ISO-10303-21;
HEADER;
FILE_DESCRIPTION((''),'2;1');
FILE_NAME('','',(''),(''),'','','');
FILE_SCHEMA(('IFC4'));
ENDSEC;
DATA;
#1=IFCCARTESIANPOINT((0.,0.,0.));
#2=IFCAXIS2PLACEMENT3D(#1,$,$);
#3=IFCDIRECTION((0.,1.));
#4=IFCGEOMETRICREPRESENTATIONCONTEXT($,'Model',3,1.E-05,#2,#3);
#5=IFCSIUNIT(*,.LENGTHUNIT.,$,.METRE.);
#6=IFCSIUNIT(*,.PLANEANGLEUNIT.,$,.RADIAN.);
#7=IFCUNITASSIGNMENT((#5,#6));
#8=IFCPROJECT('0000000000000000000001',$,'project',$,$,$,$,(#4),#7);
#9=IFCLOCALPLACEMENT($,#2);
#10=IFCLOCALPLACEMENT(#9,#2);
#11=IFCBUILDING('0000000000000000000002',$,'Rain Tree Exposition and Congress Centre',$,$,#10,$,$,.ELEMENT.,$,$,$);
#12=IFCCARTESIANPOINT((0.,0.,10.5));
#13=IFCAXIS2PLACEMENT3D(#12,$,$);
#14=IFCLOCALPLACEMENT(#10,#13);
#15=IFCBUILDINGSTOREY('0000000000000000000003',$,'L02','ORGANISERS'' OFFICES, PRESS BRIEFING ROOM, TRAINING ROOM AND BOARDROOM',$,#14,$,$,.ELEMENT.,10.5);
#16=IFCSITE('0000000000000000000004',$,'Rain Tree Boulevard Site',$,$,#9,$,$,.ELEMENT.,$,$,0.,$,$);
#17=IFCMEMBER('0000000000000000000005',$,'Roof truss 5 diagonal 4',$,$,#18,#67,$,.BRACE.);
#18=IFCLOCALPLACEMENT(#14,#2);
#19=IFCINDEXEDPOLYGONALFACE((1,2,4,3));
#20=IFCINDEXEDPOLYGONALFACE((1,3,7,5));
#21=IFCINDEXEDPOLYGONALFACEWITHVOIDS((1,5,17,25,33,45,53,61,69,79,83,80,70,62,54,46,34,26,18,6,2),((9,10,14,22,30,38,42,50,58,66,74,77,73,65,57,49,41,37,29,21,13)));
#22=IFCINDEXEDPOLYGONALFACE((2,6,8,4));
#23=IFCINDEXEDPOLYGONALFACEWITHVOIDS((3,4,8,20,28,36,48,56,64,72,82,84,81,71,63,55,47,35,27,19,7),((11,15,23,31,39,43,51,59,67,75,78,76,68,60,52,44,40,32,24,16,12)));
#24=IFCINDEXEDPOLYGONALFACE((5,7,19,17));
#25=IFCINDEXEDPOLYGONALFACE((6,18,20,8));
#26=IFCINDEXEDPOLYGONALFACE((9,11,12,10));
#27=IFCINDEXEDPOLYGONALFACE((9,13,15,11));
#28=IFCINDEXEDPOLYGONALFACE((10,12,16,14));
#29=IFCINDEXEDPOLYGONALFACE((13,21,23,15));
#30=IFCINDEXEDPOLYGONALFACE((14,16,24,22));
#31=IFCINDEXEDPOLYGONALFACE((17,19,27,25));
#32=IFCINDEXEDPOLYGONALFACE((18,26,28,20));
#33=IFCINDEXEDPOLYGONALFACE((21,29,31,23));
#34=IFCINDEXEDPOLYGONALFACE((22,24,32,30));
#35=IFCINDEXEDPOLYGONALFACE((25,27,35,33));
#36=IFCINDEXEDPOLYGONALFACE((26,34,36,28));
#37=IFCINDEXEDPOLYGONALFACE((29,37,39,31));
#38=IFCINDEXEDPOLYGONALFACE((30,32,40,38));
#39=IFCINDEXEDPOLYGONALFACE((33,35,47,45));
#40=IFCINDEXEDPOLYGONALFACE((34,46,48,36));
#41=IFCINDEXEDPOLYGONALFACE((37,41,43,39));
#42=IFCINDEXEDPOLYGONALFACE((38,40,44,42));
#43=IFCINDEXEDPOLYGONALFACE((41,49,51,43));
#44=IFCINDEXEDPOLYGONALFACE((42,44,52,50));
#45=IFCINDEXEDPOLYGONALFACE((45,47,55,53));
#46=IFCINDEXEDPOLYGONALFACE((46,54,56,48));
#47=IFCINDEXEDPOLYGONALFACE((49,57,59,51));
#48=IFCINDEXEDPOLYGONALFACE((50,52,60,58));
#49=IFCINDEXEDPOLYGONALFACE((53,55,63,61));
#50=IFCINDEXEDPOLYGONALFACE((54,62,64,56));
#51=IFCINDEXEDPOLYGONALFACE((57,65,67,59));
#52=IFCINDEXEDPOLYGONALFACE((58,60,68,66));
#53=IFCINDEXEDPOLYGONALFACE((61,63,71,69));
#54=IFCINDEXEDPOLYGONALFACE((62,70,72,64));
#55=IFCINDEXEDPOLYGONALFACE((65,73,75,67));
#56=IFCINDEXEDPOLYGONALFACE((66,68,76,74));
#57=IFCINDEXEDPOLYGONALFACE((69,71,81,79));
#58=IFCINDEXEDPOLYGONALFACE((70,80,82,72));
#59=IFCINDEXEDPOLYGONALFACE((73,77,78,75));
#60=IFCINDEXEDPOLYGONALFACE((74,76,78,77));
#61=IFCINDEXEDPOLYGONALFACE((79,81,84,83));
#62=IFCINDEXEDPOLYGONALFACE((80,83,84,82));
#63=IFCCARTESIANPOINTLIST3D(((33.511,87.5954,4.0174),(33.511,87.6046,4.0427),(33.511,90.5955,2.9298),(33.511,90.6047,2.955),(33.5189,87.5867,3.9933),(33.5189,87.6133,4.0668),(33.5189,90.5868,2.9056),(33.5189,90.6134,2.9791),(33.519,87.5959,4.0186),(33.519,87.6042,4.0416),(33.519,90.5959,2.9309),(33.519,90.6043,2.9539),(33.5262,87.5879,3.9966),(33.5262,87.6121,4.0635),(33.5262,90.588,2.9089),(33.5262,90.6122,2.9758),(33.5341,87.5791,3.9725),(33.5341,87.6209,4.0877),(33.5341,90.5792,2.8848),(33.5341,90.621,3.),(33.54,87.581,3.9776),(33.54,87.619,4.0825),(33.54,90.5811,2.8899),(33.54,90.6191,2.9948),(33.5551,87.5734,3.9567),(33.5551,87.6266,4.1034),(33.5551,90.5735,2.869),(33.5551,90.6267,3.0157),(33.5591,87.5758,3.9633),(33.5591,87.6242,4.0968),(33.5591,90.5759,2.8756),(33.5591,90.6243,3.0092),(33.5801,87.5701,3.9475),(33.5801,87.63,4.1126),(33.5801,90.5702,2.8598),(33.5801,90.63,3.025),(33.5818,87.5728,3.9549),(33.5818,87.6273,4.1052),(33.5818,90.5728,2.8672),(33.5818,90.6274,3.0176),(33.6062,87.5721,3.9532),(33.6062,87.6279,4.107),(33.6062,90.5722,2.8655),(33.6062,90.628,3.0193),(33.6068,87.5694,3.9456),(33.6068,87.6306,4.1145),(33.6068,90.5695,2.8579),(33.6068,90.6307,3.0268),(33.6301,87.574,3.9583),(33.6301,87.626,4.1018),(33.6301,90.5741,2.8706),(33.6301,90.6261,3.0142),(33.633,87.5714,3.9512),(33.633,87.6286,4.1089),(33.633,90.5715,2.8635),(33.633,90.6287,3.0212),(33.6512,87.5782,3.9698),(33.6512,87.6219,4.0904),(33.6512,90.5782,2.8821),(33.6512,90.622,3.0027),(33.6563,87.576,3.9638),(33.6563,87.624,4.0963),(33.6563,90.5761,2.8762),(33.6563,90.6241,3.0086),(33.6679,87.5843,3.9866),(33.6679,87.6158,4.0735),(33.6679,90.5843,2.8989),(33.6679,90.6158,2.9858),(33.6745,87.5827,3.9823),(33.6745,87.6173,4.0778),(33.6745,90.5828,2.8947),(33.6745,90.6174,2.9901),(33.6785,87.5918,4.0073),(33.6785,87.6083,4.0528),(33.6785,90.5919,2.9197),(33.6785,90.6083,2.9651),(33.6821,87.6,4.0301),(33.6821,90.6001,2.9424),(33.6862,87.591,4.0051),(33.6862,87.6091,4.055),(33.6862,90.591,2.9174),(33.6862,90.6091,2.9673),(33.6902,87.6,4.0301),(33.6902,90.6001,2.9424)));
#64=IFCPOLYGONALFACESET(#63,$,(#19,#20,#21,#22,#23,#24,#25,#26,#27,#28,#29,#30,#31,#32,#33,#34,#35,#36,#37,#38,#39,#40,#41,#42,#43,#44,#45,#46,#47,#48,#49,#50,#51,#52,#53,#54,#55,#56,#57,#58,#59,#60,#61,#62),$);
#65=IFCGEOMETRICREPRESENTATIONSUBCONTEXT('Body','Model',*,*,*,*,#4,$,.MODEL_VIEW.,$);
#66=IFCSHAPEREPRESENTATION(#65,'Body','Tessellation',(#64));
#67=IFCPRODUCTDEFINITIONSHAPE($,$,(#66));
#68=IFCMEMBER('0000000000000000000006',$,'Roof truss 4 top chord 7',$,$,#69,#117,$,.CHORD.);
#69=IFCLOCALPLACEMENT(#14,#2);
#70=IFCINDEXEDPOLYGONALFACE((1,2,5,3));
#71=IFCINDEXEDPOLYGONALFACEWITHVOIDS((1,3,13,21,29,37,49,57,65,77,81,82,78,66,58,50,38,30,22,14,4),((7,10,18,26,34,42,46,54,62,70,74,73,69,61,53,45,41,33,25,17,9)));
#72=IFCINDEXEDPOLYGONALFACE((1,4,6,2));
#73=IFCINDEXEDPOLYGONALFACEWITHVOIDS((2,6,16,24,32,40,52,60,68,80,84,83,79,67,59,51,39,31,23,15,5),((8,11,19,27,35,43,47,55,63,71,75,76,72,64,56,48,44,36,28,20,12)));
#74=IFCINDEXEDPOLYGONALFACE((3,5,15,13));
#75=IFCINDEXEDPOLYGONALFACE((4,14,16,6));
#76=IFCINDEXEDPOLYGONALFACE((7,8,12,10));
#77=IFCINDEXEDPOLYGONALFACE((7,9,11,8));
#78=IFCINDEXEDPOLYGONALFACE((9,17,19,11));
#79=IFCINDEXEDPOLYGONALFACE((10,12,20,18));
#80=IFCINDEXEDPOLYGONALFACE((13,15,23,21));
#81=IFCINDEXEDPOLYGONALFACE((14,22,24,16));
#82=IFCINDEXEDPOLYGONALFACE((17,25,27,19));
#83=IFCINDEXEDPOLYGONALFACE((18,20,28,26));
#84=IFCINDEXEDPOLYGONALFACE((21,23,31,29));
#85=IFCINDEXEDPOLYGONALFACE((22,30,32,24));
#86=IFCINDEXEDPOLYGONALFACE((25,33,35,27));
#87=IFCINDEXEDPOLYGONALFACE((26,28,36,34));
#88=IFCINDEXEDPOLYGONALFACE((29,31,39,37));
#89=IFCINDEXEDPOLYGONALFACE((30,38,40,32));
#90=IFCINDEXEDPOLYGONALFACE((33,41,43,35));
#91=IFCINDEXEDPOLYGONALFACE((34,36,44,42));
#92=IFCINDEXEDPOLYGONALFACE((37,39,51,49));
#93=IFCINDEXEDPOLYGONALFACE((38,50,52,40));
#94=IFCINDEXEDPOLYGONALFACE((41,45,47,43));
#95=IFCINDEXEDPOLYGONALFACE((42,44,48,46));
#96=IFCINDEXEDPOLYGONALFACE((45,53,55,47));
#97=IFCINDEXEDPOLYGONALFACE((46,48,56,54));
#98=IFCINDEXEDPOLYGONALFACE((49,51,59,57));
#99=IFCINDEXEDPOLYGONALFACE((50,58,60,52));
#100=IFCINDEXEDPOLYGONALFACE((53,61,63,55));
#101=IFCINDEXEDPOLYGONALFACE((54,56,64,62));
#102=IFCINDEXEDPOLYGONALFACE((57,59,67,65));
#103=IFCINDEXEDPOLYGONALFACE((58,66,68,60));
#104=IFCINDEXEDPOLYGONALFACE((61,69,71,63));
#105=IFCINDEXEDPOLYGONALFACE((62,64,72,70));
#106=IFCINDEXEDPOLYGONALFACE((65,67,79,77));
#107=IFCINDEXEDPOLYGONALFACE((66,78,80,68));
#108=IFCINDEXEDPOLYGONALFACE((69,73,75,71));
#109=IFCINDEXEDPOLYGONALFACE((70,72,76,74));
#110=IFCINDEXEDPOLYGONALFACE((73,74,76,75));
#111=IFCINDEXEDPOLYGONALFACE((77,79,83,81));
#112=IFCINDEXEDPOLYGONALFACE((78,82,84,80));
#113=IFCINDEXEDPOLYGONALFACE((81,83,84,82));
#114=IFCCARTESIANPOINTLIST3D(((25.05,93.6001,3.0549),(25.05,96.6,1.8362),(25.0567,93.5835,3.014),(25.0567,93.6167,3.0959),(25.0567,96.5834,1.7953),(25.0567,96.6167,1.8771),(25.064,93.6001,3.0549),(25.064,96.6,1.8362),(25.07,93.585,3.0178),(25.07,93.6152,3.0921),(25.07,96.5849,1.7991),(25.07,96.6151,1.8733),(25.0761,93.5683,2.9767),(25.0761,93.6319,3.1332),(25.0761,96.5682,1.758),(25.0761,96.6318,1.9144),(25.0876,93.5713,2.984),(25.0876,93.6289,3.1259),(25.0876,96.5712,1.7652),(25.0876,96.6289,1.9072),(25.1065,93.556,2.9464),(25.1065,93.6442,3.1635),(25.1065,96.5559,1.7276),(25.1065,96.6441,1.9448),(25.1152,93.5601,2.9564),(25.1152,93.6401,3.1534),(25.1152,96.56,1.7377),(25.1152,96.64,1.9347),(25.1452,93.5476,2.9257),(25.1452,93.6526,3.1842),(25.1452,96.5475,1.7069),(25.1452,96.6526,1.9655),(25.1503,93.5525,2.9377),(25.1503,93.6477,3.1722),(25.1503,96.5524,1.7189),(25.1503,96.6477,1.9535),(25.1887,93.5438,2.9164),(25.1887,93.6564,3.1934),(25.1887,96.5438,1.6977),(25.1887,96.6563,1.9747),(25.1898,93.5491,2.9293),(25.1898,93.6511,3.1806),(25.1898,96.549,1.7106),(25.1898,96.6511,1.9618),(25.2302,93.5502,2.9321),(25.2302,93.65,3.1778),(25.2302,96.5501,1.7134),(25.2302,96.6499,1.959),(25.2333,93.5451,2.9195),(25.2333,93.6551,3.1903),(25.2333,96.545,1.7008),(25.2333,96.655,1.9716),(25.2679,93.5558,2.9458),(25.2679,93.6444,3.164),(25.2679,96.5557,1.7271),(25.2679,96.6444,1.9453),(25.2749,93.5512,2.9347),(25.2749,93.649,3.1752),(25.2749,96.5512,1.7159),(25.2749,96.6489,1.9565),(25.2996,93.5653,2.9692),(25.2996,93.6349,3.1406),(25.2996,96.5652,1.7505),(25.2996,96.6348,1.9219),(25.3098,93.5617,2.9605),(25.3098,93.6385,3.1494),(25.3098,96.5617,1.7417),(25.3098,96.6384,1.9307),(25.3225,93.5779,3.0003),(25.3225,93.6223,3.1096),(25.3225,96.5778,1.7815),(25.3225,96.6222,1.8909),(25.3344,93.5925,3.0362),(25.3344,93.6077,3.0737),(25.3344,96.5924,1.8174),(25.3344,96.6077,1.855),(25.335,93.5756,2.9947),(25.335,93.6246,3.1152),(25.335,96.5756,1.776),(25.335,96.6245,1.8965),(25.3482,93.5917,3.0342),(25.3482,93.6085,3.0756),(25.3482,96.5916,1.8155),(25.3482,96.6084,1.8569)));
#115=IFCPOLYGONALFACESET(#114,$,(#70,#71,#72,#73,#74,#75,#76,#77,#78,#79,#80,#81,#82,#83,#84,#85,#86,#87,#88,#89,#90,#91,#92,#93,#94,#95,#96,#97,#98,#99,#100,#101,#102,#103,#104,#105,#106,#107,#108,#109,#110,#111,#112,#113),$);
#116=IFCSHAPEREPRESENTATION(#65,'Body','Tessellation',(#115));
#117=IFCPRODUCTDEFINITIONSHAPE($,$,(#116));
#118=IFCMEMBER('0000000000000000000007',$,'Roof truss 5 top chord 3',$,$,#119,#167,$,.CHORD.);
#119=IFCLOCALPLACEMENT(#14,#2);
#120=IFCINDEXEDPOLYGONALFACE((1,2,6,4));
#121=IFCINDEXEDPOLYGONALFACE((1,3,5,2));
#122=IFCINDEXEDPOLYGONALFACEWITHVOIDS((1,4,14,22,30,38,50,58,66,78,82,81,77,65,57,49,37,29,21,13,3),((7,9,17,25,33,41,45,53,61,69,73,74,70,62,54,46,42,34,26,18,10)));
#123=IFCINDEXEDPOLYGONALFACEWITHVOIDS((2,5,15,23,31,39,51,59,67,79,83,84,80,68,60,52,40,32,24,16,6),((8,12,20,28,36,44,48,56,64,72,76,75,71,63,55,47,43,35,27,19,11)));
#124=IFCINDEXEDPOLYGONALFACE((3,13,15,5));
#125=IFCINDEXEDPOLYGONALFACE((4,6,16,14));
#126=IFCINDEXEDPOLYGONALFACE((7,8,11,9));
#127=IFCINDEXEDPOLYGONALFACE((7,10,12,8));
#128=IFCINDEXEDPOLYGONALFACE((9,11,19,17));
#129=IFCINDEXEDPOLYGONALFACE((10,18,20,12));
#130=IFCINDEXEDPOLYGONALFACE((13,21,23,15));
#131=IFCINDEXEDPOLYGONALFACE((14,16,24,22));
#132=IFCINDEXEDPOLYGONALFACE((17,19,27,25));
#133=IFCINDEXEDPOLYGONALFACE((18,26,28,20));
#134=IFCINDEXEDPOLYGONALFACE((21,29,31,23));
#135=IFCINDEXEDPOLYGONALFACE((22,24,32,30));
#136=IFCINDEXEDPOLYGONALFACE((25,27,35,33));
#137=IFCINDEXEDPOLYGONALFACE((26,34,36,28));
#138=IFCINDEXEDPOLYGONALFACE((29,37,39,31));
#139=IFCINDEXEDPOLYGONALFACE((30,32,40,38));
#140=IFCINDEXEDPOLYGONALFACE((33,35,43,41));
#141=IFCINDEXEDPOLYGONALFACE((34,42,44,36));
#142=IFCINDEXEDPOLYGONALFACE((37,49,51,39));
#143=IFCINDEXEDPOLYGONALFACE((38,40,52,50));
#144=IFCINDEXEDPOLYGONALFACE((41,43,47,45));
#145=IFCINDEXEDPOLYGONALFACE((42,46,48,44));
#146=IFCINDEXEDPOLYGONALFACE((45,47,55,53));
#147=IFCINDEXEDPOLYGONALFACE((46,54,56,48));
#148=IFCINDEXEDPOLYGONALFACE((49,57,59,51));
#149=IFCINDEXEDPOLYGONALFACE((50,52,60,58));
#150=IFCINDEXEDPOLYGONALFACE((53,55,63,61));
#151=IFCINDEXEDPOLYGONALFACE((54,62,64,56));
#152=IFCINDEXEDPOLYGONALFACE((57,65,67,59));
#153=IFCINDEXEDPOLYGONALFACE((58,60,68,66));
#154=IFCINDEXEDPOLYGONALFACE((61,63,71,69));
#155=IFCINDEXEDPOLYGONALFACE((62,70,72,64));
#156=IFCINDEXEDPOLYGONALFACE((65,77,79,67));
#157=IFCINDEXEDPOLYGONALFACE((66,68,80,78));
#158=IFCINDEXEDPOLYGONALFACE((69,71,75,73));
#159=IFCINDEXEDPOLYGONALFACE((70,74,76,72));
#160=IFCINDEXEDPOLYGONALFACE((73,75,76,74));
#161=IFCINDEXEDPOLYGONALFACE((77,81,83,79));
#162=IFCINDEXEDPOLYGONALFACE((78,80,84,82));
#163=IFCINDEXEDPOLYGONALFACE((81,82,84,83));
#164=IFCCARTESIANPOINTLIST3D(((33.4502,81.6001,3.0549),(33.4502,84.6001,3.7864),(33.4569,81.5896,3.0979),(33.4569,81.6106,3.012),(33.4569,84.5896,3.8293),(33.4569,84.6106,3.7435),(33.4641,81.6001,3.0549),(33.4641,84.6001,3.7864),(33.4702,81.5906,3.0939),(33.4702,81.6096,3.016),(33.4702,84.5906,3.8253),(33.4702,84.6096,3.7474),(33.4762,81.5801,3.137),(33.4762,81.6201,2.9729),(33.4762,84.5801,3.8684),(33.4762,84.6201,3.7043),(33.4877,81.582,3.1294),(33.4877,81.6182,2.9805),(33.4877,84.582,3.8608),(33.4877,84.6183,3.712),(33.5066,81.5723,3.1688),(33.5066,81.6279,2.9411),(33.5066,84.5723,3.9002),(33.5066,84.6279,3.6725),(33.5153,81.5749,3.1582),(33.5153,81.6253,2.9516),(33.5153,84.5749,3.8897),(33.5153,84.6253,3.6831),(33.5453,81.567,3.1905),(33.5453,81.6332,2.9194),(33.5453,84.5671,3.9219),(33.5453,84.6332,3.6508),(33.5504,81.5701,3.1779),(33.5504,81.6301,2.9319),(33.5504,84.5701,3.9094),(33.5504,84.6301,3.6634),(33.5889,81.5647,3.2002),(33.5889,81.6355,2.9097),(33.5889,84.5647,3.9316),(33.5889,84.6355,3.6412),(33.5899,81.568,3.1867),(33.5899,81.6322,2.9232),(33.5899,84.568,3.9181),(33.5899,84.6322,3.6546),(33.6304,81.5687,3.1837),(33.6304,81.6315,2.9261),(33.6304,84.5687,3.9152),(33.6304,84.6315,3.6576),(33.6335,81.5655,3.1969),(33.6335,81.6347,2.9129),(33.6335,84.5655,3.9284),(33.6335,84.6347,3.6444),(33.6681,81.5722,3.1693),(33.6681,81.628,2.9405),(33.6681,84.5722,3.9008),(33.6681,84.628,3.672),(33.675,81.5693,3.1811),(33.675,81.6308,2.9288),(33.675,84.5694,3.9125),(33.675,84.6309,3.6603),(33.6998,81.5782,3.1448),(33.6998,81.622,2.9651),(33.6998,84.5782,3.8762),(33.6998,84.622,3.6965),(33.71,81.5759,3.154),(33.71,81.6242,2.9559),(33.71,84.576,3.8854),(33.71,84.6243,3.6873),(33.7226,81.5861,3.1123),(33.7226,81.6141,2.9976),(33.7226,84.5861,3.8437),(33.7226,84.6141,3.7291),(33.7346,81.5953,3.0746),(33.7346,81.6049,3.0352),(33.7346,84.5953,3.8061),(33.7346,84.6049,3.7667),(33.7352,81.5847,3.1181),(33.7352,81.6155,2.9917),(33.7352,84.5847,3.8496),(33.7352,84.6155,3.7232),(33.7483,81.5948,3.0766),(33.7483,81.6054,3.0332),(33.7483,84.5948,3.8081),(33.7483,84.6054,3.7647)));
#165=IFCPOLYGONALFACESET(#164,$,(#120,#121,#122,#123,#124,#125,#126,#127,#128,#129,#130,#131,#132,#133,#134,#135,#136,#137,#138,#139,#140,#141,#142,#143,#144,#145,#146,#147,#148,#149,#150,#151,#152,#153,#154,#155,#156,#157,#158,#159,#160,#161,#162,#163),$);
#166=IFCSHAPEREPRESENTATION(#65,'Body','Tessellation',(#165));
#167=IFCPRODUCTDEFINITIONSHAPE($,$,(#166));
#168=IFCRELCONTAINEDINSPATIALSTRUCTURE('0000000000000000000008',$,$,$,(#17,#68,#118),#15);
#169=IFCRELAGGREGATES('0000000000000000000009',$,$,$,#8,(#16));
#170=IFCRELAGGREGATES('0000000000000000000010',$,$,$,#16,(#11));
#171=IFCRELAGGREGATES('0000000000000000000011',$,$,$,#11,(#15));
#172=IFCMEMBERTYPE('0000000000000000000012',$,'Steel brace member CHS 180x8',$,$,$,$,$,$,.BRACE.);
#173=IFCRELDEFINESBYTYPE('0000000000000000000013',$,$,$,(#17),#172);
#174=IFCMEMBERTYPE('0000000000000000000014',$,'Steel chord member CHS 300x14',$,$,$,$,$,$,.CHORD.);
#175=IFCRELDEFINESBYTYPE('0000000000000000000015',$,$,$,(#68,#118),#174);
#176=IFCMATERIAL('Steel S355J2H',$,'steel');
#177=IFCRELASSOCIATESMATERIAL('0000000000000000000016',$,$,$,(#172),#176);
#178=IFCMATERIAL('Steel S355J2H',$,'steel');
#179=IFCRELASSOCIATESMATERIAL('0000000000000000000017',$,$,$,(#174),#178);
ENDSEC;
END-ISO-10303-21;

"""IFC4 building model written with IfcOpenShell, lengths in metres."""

from ifc_helpers import new_model, si_unit, direction, frame, origin, origin_2d, place, context, subcontext, project, spatial, hollow_circle, extrude, material, material_profile, profile_set, type_object, element, save


model = new_model("IFC4")

# Units and contexts
model_context = context("Model", 3, precision=1e-05, world=origin(), true_north=direction((0.0, 1.0)))
body_context = subcontext(model_context, "Body", "Model", "MODEL_VIEW")
ifc_project = project(units=[si_unit("LENGTHUNIT", "METRE"), si_unit("PLANEANGLEUNIT", "RADIAN")], contexts=[model_context])

# Site, building, storey
site_placement = place(None, origin())
site = spatial("IfcSite", under=ifc_project, at=site_placement, Name="Rain Tree Boulevard Site", CompositionType="ELEMENT", RefElevation=0.0)
building_placement = place(site_placement, origin())
building = spatial("IfcBuilding", under=site, at=building_placement, Name="Rain Tree Exposition and Congress Centre", CompositionType="ELEMENT")
storey_placement = place(building_placement, frame((0.0, 0.0, 10.5)))
storey = spatial("IfcBuildingStorey", under=building, at=storey_placement, Name="L02", Description="ORGANISERS' OFFICES, PRESS BRIEFING ROOM, TRAINING ROOM AND BOARDROOM", CompositionType="ELEMENT", Elevation=10.5)

# Members
ifc_material_1 = material(Name="Steel S355J2H", Category="steel")
ifc_material_profile_1 = material_profile(ifc_material_1, hollow_circle(Radius=0.0901, WallThickness=0.0081, at=origin_2d()), Name="CHS 180x8")
ifc_profile_set_1 = profile_set([ifc_material_profile_1], Name="Steel S355J2H")
member_type_1 = type_object("IfcMemberType", Name="Steel brace member CHS 180x8", PredefinedType="BRACE", material=ifc_profile_set_1)
for number, where, z_axis, x_axis, name in (
    (1, (33.6001, 90.6001, 2.9424), (0.0, -0.940121, 0.34084), (1.0, 0.0, 0.0), "Roof truss 5 diagonal 4"),
):
    element("IfcMember", number, at=place(storey_placement, frame(where, z_axis=z_axis, x_axis=x_axis)), inside=storey, type_object=member_type_1, Name=name, PredefinedType="BRACE", context=body_context, shape_type="SweptSolid", body=[
        extrude(hollow_circle(Radius=0.0901, WallThickness=0.0081, at=origin_2d()), origin(), (0.0, 0.0, 1.0), 3.1912),
    ])
ifc_material_2 = material(Name="Steel S355J2H", Category="steel")
ifc_material_profile_2 = material_profile(ifc_material_2, hollow_circle(Radius=0.1499, WallThickness=0.0139, at=origin_2d()), Name="CHS 300x14")
ifc_profile_set_2 = profile_set([ifc_material_profile_2], Name="Steel S355J2H")
member_type_2 = type_object("IfcMemberType", Name="Steel chord member CHS 300x14", PredefinedType="CHORD", material=ifc_profile_set_2)
member_1_placement = place(storey_placement, frame((25.2, 93.6001, 3.0549), z_axis=(0.0, 0.926467, -0.376377), x_axis=(-1.0, 0.0, 0.0)))
element("IfcMember", 2, at=member_1_placement, inside=storey, type_object=member_type_2, Name="Roof truss 4 top chord 7", PredefinedType="CHORD", context=body_context, shape_type="SweptSolid", body=[
    extrude(hollow_circle(Radius=0.1499, WallThickness=0.0139, at=origin_2d()), origin(), (0.0, 0.0, 1.0), 3.238),
])
member_2_placement = place(storey_placement, frame((33.6001, 81.6001, 3.0549), z_axis=(0.0, 0.97154, 0.236876), x_axis=(-1.0, 0.0, 0.0)))
element("IfcMember", 3, at=member_2_placement, inside=storey, type_object=member_type_2, Name="Roof truss 5 top chord 3", PredefinedType="CHORD", context=body_context, shape_type="SweptSolid", body=[
    extrude(hollow_circle(Radius=0.1499, WallThickness=0.0139, at=origin_2d()), origin(), (0.0, 0.0, 1.0), 3.0879),
])

save(model, "model.ifc")
